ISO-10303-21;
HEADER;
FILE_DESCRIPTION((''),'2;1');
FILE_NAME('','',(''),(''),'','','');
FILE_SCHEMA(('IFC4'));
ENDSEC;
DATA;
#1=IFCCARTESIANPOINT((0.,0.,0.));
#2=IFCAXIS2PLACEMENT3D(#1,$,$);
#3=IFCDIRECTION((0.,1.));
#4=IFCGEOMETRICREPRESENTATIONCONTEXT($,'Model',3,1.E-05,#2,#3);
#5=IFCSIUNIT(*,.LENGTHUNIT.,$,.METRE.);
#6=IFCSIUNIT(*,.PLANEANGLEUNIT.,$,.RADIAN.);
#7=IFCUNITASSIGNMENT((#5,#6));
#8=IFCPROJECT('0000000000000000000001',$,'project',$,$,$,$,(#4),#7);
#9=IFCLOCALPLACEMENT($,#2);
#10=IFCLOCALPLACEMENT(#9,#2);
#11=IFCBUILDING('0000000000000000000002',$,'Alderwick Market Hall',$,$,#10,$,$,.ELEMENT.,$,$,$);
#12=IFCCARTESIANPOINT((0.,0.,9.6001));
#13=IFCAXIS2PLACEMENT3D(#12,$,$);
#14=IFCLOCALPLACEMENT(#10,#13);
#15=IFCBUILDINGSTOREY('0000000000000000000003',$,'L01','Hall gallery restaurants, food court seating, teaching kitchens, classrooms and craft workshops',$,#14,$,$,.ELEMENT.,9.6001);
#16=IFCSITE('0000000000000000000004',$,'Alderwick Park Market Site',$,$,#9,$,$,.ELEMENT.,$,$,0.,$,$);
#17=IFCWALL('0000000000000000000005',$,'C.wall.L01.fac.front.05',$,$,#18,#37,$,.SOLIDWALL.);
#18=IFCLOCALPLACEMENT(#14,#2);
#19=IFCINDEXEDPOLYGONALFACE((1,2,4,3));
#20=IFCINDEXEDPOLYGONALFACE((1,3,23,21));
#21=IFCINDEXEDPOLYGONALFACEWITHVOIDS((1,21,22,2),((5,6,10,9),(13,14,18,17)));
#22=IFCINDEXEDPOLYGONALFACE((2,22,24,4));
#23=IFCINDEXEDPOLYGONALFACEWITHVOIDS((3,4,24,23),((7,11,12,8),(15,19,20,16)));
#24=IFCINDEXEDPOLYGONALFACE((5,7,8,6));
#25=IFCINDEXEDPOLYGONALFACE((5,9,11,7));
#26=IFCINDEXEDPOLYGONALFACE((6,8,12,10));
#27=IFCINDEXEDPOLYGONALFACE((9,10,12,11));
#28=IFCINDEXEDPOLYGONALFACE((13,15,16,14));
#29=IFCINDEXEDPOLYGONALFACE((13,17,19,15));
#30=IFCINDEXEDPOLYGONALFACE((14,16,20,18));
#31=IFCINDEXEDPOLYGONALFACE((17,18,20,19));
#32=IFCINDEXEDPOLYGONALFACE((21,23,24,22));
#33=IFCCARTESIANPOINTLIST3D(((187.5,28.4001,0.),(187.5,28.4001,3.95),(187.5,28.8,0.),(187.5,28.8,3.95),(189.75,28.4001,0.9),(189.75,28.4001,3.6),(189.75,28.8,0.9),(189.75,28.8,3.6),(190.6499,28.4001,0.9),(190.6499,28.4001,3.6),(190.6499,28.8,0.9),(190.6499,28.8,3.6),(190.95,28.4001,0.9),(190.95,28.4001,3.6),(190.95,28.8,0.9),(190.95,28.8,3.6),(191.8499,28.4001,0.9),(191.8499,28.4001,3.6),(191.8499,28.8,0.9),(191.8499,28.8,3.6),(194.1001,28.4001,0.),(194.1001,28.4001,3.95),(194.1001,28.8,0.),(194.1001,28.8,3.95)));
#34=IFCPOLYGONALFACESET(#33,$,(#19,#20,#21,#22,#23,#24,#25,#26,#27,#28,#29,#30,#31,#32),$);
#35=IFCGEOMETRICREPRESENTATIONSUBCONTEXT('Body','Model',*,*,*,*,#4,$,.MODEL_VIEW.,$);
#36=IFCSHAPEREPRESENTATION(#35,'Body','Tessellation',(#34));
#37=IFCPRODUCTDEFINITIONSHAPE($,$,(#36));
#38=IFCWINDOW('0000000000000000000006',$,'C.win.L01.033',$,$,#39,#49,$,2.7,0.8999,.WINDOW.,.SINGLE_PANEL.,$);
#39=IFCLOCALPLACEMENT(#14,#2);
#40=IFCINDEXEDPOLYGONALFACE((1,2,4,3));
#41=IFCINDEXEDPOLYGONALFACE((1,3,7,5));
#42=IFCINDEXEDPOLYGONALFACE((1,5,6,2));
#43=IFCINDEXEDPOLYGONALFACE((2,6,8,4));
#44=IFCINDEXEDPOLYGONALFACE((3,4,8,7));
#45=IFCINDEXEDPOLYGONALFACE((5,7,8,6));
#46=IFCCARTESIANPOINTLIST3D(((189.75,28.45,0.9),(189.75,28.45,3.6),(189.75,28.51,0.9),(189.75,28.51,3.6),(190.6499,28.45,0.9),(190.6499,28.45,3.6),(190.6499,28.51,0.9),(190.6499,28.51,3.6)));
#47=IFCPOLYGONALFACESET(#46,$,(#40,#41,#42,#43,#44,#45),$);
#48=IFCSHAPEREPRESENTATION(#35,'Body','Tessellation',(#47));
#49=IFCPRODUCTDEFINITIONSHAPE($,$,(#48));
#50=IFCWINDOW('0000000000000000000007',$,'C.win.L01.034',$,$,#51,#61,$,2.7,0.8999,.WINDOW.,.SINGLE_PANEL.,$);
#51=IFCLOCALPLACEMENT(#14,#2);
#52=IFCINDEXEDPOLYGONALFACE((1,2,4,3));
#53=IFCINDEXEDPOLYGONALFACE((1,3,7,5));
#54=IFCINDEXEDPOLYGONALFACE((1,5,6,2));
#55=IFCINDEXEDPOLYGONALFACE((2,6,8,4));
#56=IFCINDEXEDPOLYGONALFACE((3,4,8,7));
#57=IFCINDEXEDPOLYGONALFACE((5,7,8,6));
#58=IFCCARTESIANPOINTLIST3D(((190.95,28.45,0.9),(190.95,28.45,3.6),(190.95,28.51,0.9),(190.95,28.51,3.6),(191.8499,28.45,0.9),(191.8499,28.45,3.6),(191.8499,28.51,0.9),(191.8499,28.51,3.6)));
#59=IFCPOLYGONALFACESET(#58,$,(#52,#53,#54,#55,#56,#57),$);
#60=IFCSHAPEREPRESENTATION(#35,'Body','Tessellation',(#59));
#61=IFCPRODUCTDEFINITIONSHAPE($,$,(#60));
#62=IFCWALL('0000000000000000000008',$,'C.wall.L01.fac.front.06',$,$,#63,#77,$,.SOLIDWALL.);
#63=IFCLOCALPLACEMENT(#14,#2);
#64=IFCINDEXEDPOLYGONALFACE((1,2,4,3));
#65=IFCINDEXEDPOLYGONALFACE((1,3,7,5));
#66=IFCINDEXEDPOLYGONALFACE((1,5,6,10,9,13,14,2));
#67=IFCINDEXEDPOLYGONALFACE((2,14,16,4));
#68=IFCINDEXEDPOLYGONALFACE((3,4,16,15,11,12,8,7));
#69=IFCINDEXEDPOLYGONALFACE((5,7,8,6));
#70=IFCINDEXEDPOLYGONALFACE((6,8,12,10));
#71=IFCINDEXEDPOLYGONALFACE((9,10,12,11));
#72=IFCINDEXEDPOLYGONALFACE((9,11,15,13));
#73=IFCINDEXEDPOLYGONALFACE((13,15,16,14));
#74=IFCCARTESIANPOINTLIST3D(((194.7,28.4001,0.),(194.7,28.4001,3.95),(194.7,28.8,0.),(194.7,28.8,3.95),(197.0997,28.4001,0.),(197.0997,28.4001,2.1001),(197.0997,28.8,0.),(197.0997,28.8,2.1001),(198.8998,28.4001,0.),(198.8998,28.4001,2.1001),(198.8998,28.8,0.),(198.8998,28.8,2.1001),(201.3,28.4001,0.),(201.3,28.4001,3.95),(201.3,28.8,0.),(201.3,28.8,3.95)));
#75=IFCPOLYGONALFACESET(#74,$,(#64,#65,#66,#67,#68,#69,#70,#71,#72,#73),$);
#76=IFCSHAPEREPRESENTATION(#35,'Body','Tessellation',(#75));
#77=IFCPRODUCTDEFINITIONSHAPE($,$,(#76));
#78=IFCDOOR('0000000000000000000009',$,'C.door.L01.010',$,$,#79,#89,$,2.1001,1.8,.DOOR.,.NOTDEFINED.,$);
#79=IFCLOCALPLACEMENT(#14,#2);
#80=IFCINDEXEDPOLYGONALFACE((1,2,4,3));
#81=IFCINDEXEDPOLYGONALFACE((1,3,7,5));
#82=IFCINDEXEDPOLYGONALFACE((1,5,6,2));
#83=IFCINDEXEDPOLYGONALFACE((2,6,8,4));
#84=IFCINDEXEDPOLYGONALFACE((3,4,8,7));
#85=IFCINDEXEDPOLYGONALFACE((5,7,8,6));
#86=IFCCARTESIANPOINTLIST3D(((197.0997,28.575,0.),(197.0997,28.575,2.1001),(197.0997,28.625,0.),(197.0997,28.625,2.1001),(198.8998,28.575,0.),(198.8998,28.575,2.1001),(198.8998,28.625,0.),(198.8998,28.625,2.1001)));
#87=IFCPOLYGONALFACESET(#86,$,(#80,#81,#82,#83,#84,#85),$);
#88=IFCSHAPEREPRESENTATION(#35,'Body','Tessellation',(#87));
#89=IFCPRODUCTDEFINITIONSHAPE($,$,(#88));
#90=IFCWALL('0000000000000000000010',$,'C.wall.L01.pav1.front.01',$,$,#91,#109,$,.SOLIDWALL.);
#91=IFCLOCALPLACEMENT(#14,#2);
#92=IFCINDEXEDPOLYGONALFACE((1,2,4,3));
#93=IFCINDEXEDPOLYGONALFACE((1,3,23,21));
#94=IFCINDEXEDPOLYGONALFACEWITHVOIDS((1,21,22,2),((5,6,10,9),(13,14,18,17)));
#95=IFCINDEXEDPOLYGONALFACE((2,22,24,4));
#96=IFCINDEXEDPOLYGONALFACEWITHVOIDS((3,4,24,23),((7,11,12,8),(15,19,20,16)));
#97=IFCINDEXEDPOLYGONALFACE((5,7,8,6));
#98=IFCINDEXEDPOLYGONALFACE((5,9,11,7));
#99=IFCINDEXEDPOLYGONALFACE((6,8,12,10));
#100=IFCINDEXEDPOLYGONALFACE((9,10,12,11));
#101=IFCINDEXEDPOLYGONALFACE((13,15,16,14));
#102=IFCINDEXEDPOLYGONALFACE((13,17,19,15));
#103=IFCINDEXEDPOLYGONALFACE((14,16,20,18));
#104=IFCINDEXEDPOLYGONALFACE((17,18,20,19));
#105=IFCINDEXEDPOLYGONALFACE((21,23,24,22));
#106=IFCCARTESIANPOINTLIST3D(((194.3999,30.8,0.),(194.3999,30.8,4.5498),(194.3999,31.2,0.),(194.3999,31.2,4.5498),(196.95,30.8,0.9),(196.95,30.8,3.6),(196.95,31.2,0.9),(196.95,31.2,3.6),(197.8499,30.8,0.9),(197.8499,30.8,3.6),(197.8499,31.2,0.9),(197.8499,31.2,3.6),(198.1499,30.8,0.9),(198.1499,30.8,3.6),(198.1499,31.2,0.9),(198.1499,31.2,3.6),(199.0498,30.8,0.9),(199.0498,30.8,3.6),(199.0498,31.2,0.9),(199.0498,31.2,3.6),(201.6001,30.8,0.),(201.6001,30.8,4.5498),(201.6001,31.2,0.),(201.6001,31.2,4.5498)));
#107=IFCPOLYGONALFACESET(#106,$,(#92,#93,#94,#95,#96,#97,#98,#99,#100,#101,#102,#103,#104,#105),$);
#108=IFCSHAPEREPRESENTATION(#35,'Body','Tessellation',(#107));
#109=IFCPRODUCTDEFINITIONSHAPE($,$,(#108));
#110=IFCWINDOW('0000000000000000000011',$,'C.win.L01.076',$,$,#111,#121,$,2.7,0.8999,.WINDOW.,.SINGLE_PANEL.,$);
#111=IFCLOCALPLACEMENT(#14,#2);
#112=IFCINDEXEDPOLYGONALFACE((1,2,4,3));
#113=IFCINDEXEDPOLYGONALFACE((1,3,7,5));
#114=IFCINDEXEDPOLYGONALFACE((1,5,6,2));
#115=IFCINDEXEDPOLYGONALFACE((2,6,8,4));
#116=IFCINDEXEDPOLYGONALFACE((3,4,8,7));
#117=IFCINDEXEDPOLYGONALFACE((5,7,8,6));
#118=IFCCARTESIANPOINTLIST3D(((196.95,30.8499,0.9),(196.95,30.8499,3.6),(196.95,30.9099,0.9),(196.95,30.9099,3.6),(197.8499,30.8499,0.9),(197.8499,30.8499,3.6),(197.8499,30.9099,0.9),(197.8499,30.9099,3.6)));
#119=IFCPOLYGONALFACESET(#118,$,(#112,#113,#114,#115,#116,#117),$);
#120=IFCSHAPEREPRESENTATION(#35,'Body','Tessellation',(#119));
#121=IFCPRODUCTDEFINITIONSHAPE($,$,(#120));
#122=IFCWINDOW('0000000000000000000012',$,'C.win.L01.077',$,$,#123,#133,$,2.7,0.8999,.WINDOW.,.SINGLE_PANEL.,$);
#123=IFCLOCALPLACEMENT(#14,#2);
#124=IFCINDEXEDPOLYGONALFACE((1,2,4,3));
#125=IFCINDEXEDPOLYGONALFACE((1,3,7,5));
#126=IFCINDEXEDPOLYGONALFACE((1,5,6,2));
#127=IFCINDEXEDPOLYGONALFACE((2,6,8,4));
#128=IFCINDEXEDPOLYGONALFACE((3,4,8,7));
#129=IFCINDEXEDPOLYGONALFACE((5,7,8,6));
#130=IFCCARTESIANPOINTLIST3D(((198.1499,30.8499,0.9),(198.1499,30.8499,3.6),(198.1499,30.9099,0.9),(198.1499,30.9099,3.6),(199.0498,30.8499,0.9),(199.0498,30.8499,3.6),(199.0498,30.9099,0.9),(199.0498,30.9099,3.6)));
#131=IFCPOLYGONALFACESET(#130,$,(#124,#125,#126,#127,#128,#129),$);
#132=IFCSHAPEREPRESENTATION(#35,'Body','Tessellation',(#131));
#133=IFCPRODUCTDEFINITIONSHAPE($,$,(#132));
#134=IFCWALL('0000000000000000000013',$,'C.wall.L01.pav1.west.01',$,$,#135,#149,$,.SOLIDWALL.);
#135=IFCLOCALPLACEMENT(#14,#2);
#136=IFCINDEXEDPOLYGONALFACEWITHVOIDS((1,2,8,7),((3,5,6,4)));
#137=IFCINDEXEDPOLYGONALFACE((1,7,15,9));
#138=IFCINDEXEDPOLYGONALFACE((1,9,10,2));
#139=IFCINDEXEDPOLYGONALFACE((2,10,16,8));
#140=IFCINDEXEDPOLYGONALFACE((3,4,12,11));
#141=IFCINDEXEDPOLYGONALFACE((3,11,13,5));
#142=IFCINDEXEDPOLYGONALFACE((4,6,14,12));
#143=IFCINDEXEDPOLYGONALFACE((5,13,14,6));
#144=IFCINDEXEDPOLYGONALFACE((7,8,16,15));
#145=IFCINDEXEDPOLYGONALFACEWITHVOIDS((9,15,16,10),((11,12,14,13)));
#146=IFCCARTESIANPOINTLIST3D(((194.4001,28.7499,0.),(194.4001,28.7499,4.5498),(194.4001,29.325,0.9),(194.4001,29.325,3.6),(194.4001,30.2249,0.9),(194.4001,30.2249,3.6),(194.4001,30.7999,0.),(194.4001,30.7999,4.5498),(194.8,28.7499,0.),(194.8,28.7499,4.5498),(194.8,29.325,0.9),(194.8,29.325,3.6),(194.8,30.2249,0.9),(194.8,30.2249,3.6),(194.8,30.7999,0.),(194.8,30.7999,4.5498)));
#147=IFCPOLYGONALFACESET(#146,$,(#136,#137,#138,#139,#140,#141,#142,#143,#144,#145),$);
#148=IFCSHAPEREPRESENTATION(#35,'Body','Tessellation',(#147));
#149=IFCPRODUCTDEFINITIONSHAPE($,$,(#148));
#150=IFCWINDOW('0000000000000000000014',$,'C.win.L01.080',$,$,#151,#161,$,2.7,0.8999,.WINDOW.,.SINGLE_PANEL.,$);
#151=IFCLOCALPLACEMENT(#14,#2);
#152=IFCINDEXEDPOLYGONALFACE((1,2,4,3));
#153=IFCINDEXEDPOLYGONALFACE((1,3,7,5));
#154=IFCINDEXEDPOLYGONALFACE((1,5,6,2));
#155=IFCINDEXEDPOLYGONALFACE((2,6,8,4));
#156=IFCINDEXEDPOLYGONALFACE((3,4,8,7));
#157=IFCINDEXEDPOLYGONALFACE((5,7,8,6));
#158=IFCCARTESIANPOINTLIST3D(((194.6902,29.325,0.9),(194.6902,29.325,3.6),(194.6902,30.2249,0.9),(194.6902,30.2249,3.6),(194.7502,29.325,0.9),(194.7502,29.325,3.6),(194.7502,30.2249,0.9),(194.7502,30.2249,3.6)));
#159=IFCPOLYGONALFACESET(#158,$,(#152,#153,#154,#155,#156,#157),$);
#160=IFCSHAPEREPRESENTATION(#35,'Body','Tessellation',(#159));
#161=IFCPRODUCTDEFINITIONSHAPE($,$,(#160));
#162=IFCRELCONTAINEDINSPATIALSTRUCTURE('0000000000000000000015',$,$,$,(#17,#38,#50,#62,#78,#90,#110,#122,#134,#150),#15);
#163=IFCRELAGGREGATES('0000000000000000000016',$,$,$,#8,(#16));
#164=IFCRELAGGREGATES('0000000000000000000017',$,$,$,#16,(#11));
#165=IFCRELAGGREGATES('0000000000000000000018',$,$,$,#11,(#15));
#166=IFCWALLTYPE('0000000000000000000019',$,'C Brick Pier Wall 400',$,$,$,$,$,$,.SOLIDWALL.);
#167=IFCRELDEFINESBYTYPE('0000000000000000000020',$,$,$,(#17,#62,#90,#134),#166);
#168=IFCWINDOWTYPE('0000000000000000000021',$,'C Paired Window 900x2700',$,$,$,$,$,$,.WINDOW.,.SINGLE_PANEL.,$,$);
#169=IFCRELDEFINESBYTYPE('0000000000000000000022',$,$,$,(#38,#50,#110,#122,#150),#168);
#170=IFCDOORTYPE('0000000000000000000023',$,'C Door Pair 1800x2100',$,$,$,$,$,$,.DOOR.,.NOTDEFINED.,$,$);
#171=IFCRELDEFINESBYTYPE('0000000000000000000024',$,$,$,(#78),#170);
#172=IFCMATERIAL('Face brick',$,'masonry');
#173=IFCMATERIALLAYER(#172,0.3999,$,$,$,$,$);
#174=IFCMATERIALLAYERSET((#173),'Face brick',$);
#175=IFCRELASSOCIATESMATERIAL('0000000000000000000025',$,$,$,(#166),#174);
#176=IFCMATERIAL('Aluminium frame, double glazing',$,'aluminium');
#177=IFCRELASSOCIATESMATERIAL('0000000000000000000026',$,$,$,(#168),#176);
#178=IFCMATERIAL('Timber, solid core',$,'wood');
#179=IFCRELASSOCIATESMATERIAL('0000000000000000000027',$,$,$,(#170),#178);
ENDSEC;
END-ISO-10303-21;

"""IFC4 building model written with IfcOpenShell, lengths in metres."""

from ifc_helpers import new_model, si_unit, direction, frame, frame_2d, origin, place, context, subcontext, project, spatial, rectangle, extrude, material, layer, layer_set, type_object, element, fill, save


model = new_model("IFC4")

# Units and contexts
model_context = context("Model", 3, precision=1e-05, world=origin(), true_north=direction((0.0, 1.0)))
body_context = subcontext(model_context, "Body", "Model", "MODEL_VIEW")
ifc_project = project(units=[si_unit("LENGTHUNIT", "METRE"), si_unit("PLANEANGLEUNIT", "RADIAN")], contexts=[model_context])

# Site, building, storey
site_placement = place(None, origin())
site = spatial("IfcSite", under=ifc_project, at=site_placement, Name="Alderwick Park Market Site", CompositionType="ELEMENT", RefElevation=0.0)
building_placement = place(site_placement, origin())
building = spatial("IfcBuilding", under=site, at=building_placement, Name="Alderwick Market Hall", CompositionType="ELEMENT")
storey_placement = place(building_placement, frame((0.0, 0.0, 9.6001)))
storey = spatial("IfcBuildingStorey", under=building, at=storey_placement, Name="L01", Description="Hall gallery restaurants, food court seating, teaching kitchens, classrooms and craft workshops", CompositionType="ELEMENT", Elevation=9.6001)

# Wall, openings, windows
ifc_material_1 = material(Name="Face brick", Category="masonry")
ifc_layer_1 = layer(ifc_material_1, 0.3999)
ifc_layer_set_1 = layer_set([ifc_layer_1], Name="Face brick")
wall_type_1 = type_object("IfcWallType", Name="C Brick Pier Wall 400", PredefinedType="SOLIDWALL", material=ifc_layer_set_1)
wall_1_placement = place(storey_placement, frame((187.5, 28.6001, 0.0), z_axis=(0.0, 0.0, 1.0), x_axis=(1.0, 0.0, 0.0)))
wall_1 = element("IfcWall", 1, at=wall_1_placement, inside=storey, type_object=wall_type_1, Name="C.wall.L01.fac.front.05", PredefinedType="SOLIDWALL", context=body_context, shape_type="SweptSolid", body=[
    extrude(rectangle(XDim=6.6001, YDim=0.3999, at=frame_2d((3.3, 0.0))), origin(), (0.0, 0.0, 1.0), 3.95),
])
opening_1_placement = place(wall_1_placement, frame((2.25, 0.0, 0.8999)))
opening_1 = element("IfcOpeningElement", 2, at=opening_1_placement, cuts=wall_1, PredefinedType="OPENING", context=body_context, shape_type="SweptSolid", body=[
    extrude(rectangle(XDim=0.8999, YDim=2.7, at=frame_2d((0.45, 1.3501))), frame((0.0, 0.21, 0.0), z_axis=(0.0, -1.0, 0.0), x_axis=(1.0, 0.0, 0.0)), (0.0, 0.0, 1.0), 0.4199),
])
opening_2_placement = place(wall_1_placement, frame((3.45, 0.0, 0.8999)))
opening_2 = element("IfcOpeningElement", 3, at=opening_2_placement, cuts=wall_1, PredefinedType="OPENING", context=body_context, shape_type="SweptSolid", body=[
    extrude(rectangle(XDim=0.8999, YDim=2.7, at=frame_2d((0.45, 1.3501))), frame((0.0, 0.21, 0.0), z_axis=(0.0, -1.0, 0.0), x_axis=(1.0, 0.0, 0.0)), (0.0, 0.0, 1.0), 0.4199),
])
ifc_material_2 = material(Name="Aluminium frame, double glazing", Category="aluminium")
window_type = type_object("IfcWindowType", Name="C Paired Window 900x2700", PartitioningType="SINGLE_PANEL", PredefinedType="WINDOW", material=ifc_material_2)
window_1_placement = place(opening_1_placement, origin())
window_1 = element("IfcWindow", 4, at=window_1_placement, inside=storey, type_object=window_type, Name="C.win.L01.033", OverallHeight=2.7, OverallWidth=0.8999, PartitioningType="SINGLE_PANEL", PredefinedType="WINDOW", context=body_context, shape_type="SweptSolid", body=[
    extrude(rectangle(XDim=0.8999, YDim=2.7, at=frame_2d((0.45, 1.3501))), frame((0.0, -0.0901, 0.0), z_axis=(0.0, -1.0, 0.0), x_axis=(1.0, 0.0, 0.0)), (0.0, 0.0, 1.0), 0.0601),
])
fill(opening_1, window_1)
window_2_placement = place(opening_2_placement, origin())
window_2 = element("IfcWindow", 5, at=window_2_placement, inside=storey, type_object=window_type, Name="C.win.L01.034", OverallHeight=2.7, OverallWidth=0.8999, PartitioningType="SINGLE_PANEL", PredefinedType="WINDOW", context=body_context, shape_type="SweptSolid", body=[
    extrude(rectangle(XDim=0.8999, YDim=2.7, at=frame_2d((0.45, 1.3501))), frame((0.0, -0.0901, 0.0), z_axis=(0.0, -1.0, 0.0), x_axis=(1.0, 0.0, 0.0)), (0.0, 0.0, 1.0), 0.0601),
])
fill(opening_2, window_2)

# Wall, opening, door
wall_2_placement = place(storey_placement, frame((194.7, 28.6001, 0.0), z_axis=(0.0, 0.0, 1.0), x_axis=(1.0, 0.0, 0.0)))
wall_2 = element("IfcWall", 6, at=wall_2_placement, inside=storey, type_object=wall_type_1, Name="C.wall.L01.fac.front.06", PredefinedType="SOLIDWALL", context=body_context, shape_type="SweptSolid", body=[
    extrude(rectangle(XDim=6.6001, YDim=0.3999, at=frame_2d((3.3, 0.0))), origin(), (0.0, 0.0, 1.0), 3.95),
])
opening_3_placement = place(wall_2_placement, frame((2.3999, 0.0, 0.0)))
opening_3 = element("IfcOpeningElement", 7, at=opening_3_placement, cuts=wall_2, PredefinedType="OPENING", context=body_context, shape_type="SweptSolid", body=[
    extrude(rectangle(XDim=1.8, YDim=2.1001, at=frame_2d((0.8999, 1.05))), frame((0.0, 0.21, 0.0), z_axis=(0.0, -1.0, 0.0), x_axis=(1.0, 0.0, 0.0)), (0.0, 0.0, 1.0), 0.4199),
])
ifc_material_3 = material(Name="Timber, solid core", Category="wood")
door_type_1 = type_object("IfcDoorType", Name="C Door Pair 1800x2100", OperationType="NOTDEFINED", PredefinedType="DOOR", material=ifc_material_3)
door_1_placement = place(opening_3_placement, origin())
door_1 = element("IfcDoor", 8, at=door_1_placement, inside=storey, type_object=door_type_1, Name="C.door.L01.010", OperationType="NOTDEFINED", OverallHeight=2.1001, OverallWidth=1.8, PredefinedType="DOOR", context=body_context, shape_type="SweptSolid", body=[
    extrude(rectangle(XDim=1.8, YDim=2.1001, at=frame_2d((0.8999, 1.05))), frame((0.0, 0.0249, 0.0), z_axis=(0.0, -1.0, 0.0), x_axis=(1.0, 0.0, 0.0)), (0.0, 0.0, 1.0), 0.05),
])
fill(opening_3, door_1)

# Wall, openings, windows
wall_3_placement = place(storey_placement, frame((194.3999, 31.0, 0.0), z_axis=(0.0, 0.0, 1.0), x_axis=(1.0, 0.0, 0.0)))
wall_3 = element("IfcWall", 9, at=wall_3_placement, inside=storey, type_object=wall_type_1, Name="C.wall.L01.pav1.front.01", PredefinedType="SOLIDWALL", context=body_context, shape_type="SweptSolid", body=[
    extrude(rectangle(XDim=7.2002, YDim=0.3999, at=frame_2d((3.6001, 0.0))), origin(), (0.0, 0.0, 1.0), 4.5498),
])
opening_4_placement = place(wall_3_placement, frame((2.55, 0.0, 0.8999)))
opening_4 = element("IfcOpeningElement", 10, at=opening_4_placement, cuts=wall_3, PredefinedType="OPENING", context=body_context, shape_type="SweptSolid", body=[
    extrude(rectangle(XDim=0.8999, YDim=2.7, at=frame_2d((0.45, 1.3501))), frame((0.0, 0.21, 0.0), z_axis=(0.0, -1.0, 0.0), x_axis=(1.0, 0.0, 0.0)), (0.0, 0.0, 1.0), 0.4199),
])
opening_5_placement = place(wall_3_placement, frame((3.75, 0.0, 0.8999)))
opening_5 = element("IfcOpeningElement", 11, at=opening_5_placement, cuts=wall_3, PredefinedType="OPENING", context=body_context, shape_type="SweptSolid", body=[
    extrude(rectangle(XDim=0.8999, YDim=2.7, at=frame_2d((0.45, 1.3501))), frame((0.0, 0.21, 0.0), z_axis=(0.0, -1.0, 0.0), x_axis=(1.0, 0.0, 0.0)), (0.0, 0.0, 1.0), 0.4199),
])
window_3_placement = place(opening_4_placement, origin())
window_3 = element("IfcWindow", 12, at=window_3_placement, inside=storey, type_object=window_type, Name="C.win.L01.076", OverallHeight=2.7, OverallWidth=0.8999, PartitioningType="SINGLE_PANEL", PredefinedType="WINDOW", context=body_context, shape_type="SweptSolid", body=[
    extrude(rectangle(XDim=0.8999, YDim=2.7, at=frame_2d((0.45, 1.3501))), frame((0.0, -0.0901, 0.0), z_axis=(0.0, -1.0, 0.0), x_axis=(1.0, 0.0, 0.0)), (0.0, 0.0, 1.0), 0.0601),
])
fill(opening_4, window_3)
window_4_placement = place(opening_5_placement, origin())
window_4 = element("IfcWindow", 13, at=window_4_placement, inside=storey, type_object=window_type, Name="C.win.L01.077", OverallHeight=2.7, OverallWidth=0.8999, PartitioningType="SINGLE_PANEL", PredefinedType="WINDOW", context=body_context, shape_type="SweptSolid", body=[
    extrude(rectangle(XDim=0.8999, YDim=2.7, at=frame_2d((0.45, 1.3501))), frame((0.0, -0.0901, 0.0), z_axis=(0.0, -1.0, 0.0), x_axis=(1.0, 0.0, 0.0)), (0.0, 0.0, 1.0), 0.0601),
])
fill(opening_5, window_4)

# Wall, opening, window
wall_4_placement = place(storey_placement, frame((194.6001, 28.75, 0.0), z_axis=(0.0, 0.0, 1.0), x_axis=(0.0, 1.0, 0.0)))
wall_4 = element("IfcWall", 14, at=wall_4_placement, inside=storey, type_object=wall_type_1, Name="C.wall.L01.pav1.west.01", PredefinedType="SOLIDWALL", context=body_context, shape_type="SweptSolid", body=[
    extrude(rectangle(XDim=2.05, YDim=0.3999, at=frame_2d((1.0249, 0.0))), origin(), (0.0, 0.0, 1.0), 4.5498),
])
opening_6_placement = place(wall_4_placement, frame((0.575, 0.0, 0.8999)))
opening_6 = element("IfcOpeningElement", 15, at=opening_6_placement, cuts=wall_4, PredefinedType="OPENING", context=body_context, shape_type="SweptSolid", body=[
    extrude(rectangle(XDim=0.8999, YDim=2.7, at=frame_2d((0.45, 1.3501))), frame((0.0, 0.21, 0.0), z_axis=(0.0, -1.0, 0.0), x_axis=(1.0, 0.0, 0.0)), (0.0, 0.0, 1.0), 0.4199),
])
window_5_placement = place(opening_6_placement, origin())
window_5 = element("IfcWindow", 16, at=window_5_placement, inside=storey, type_object=window_type, Name="C.win.L01.080", OverallHeight=2.7, OverallWidth=0.8999, PartitioningType="SINGLE_PANEL", PredefinedType="WINDOW", context=body_context, shape_type="SweptSolid", body=[
    extrude(rectangle(XDim=0.8999, YDim=2.7, at=frame_2d((0.45, 1.3501))), frame((0.0, -0.0901, 0.0), z_axis=(0.0, -1.0, 0.0), x_axis=(1.0, 0.0, 0.0)), (0.0, 0.0, 1.0), 0.0601),
])
fill(opening_6, window_5)

save(model, "model.ifc")
